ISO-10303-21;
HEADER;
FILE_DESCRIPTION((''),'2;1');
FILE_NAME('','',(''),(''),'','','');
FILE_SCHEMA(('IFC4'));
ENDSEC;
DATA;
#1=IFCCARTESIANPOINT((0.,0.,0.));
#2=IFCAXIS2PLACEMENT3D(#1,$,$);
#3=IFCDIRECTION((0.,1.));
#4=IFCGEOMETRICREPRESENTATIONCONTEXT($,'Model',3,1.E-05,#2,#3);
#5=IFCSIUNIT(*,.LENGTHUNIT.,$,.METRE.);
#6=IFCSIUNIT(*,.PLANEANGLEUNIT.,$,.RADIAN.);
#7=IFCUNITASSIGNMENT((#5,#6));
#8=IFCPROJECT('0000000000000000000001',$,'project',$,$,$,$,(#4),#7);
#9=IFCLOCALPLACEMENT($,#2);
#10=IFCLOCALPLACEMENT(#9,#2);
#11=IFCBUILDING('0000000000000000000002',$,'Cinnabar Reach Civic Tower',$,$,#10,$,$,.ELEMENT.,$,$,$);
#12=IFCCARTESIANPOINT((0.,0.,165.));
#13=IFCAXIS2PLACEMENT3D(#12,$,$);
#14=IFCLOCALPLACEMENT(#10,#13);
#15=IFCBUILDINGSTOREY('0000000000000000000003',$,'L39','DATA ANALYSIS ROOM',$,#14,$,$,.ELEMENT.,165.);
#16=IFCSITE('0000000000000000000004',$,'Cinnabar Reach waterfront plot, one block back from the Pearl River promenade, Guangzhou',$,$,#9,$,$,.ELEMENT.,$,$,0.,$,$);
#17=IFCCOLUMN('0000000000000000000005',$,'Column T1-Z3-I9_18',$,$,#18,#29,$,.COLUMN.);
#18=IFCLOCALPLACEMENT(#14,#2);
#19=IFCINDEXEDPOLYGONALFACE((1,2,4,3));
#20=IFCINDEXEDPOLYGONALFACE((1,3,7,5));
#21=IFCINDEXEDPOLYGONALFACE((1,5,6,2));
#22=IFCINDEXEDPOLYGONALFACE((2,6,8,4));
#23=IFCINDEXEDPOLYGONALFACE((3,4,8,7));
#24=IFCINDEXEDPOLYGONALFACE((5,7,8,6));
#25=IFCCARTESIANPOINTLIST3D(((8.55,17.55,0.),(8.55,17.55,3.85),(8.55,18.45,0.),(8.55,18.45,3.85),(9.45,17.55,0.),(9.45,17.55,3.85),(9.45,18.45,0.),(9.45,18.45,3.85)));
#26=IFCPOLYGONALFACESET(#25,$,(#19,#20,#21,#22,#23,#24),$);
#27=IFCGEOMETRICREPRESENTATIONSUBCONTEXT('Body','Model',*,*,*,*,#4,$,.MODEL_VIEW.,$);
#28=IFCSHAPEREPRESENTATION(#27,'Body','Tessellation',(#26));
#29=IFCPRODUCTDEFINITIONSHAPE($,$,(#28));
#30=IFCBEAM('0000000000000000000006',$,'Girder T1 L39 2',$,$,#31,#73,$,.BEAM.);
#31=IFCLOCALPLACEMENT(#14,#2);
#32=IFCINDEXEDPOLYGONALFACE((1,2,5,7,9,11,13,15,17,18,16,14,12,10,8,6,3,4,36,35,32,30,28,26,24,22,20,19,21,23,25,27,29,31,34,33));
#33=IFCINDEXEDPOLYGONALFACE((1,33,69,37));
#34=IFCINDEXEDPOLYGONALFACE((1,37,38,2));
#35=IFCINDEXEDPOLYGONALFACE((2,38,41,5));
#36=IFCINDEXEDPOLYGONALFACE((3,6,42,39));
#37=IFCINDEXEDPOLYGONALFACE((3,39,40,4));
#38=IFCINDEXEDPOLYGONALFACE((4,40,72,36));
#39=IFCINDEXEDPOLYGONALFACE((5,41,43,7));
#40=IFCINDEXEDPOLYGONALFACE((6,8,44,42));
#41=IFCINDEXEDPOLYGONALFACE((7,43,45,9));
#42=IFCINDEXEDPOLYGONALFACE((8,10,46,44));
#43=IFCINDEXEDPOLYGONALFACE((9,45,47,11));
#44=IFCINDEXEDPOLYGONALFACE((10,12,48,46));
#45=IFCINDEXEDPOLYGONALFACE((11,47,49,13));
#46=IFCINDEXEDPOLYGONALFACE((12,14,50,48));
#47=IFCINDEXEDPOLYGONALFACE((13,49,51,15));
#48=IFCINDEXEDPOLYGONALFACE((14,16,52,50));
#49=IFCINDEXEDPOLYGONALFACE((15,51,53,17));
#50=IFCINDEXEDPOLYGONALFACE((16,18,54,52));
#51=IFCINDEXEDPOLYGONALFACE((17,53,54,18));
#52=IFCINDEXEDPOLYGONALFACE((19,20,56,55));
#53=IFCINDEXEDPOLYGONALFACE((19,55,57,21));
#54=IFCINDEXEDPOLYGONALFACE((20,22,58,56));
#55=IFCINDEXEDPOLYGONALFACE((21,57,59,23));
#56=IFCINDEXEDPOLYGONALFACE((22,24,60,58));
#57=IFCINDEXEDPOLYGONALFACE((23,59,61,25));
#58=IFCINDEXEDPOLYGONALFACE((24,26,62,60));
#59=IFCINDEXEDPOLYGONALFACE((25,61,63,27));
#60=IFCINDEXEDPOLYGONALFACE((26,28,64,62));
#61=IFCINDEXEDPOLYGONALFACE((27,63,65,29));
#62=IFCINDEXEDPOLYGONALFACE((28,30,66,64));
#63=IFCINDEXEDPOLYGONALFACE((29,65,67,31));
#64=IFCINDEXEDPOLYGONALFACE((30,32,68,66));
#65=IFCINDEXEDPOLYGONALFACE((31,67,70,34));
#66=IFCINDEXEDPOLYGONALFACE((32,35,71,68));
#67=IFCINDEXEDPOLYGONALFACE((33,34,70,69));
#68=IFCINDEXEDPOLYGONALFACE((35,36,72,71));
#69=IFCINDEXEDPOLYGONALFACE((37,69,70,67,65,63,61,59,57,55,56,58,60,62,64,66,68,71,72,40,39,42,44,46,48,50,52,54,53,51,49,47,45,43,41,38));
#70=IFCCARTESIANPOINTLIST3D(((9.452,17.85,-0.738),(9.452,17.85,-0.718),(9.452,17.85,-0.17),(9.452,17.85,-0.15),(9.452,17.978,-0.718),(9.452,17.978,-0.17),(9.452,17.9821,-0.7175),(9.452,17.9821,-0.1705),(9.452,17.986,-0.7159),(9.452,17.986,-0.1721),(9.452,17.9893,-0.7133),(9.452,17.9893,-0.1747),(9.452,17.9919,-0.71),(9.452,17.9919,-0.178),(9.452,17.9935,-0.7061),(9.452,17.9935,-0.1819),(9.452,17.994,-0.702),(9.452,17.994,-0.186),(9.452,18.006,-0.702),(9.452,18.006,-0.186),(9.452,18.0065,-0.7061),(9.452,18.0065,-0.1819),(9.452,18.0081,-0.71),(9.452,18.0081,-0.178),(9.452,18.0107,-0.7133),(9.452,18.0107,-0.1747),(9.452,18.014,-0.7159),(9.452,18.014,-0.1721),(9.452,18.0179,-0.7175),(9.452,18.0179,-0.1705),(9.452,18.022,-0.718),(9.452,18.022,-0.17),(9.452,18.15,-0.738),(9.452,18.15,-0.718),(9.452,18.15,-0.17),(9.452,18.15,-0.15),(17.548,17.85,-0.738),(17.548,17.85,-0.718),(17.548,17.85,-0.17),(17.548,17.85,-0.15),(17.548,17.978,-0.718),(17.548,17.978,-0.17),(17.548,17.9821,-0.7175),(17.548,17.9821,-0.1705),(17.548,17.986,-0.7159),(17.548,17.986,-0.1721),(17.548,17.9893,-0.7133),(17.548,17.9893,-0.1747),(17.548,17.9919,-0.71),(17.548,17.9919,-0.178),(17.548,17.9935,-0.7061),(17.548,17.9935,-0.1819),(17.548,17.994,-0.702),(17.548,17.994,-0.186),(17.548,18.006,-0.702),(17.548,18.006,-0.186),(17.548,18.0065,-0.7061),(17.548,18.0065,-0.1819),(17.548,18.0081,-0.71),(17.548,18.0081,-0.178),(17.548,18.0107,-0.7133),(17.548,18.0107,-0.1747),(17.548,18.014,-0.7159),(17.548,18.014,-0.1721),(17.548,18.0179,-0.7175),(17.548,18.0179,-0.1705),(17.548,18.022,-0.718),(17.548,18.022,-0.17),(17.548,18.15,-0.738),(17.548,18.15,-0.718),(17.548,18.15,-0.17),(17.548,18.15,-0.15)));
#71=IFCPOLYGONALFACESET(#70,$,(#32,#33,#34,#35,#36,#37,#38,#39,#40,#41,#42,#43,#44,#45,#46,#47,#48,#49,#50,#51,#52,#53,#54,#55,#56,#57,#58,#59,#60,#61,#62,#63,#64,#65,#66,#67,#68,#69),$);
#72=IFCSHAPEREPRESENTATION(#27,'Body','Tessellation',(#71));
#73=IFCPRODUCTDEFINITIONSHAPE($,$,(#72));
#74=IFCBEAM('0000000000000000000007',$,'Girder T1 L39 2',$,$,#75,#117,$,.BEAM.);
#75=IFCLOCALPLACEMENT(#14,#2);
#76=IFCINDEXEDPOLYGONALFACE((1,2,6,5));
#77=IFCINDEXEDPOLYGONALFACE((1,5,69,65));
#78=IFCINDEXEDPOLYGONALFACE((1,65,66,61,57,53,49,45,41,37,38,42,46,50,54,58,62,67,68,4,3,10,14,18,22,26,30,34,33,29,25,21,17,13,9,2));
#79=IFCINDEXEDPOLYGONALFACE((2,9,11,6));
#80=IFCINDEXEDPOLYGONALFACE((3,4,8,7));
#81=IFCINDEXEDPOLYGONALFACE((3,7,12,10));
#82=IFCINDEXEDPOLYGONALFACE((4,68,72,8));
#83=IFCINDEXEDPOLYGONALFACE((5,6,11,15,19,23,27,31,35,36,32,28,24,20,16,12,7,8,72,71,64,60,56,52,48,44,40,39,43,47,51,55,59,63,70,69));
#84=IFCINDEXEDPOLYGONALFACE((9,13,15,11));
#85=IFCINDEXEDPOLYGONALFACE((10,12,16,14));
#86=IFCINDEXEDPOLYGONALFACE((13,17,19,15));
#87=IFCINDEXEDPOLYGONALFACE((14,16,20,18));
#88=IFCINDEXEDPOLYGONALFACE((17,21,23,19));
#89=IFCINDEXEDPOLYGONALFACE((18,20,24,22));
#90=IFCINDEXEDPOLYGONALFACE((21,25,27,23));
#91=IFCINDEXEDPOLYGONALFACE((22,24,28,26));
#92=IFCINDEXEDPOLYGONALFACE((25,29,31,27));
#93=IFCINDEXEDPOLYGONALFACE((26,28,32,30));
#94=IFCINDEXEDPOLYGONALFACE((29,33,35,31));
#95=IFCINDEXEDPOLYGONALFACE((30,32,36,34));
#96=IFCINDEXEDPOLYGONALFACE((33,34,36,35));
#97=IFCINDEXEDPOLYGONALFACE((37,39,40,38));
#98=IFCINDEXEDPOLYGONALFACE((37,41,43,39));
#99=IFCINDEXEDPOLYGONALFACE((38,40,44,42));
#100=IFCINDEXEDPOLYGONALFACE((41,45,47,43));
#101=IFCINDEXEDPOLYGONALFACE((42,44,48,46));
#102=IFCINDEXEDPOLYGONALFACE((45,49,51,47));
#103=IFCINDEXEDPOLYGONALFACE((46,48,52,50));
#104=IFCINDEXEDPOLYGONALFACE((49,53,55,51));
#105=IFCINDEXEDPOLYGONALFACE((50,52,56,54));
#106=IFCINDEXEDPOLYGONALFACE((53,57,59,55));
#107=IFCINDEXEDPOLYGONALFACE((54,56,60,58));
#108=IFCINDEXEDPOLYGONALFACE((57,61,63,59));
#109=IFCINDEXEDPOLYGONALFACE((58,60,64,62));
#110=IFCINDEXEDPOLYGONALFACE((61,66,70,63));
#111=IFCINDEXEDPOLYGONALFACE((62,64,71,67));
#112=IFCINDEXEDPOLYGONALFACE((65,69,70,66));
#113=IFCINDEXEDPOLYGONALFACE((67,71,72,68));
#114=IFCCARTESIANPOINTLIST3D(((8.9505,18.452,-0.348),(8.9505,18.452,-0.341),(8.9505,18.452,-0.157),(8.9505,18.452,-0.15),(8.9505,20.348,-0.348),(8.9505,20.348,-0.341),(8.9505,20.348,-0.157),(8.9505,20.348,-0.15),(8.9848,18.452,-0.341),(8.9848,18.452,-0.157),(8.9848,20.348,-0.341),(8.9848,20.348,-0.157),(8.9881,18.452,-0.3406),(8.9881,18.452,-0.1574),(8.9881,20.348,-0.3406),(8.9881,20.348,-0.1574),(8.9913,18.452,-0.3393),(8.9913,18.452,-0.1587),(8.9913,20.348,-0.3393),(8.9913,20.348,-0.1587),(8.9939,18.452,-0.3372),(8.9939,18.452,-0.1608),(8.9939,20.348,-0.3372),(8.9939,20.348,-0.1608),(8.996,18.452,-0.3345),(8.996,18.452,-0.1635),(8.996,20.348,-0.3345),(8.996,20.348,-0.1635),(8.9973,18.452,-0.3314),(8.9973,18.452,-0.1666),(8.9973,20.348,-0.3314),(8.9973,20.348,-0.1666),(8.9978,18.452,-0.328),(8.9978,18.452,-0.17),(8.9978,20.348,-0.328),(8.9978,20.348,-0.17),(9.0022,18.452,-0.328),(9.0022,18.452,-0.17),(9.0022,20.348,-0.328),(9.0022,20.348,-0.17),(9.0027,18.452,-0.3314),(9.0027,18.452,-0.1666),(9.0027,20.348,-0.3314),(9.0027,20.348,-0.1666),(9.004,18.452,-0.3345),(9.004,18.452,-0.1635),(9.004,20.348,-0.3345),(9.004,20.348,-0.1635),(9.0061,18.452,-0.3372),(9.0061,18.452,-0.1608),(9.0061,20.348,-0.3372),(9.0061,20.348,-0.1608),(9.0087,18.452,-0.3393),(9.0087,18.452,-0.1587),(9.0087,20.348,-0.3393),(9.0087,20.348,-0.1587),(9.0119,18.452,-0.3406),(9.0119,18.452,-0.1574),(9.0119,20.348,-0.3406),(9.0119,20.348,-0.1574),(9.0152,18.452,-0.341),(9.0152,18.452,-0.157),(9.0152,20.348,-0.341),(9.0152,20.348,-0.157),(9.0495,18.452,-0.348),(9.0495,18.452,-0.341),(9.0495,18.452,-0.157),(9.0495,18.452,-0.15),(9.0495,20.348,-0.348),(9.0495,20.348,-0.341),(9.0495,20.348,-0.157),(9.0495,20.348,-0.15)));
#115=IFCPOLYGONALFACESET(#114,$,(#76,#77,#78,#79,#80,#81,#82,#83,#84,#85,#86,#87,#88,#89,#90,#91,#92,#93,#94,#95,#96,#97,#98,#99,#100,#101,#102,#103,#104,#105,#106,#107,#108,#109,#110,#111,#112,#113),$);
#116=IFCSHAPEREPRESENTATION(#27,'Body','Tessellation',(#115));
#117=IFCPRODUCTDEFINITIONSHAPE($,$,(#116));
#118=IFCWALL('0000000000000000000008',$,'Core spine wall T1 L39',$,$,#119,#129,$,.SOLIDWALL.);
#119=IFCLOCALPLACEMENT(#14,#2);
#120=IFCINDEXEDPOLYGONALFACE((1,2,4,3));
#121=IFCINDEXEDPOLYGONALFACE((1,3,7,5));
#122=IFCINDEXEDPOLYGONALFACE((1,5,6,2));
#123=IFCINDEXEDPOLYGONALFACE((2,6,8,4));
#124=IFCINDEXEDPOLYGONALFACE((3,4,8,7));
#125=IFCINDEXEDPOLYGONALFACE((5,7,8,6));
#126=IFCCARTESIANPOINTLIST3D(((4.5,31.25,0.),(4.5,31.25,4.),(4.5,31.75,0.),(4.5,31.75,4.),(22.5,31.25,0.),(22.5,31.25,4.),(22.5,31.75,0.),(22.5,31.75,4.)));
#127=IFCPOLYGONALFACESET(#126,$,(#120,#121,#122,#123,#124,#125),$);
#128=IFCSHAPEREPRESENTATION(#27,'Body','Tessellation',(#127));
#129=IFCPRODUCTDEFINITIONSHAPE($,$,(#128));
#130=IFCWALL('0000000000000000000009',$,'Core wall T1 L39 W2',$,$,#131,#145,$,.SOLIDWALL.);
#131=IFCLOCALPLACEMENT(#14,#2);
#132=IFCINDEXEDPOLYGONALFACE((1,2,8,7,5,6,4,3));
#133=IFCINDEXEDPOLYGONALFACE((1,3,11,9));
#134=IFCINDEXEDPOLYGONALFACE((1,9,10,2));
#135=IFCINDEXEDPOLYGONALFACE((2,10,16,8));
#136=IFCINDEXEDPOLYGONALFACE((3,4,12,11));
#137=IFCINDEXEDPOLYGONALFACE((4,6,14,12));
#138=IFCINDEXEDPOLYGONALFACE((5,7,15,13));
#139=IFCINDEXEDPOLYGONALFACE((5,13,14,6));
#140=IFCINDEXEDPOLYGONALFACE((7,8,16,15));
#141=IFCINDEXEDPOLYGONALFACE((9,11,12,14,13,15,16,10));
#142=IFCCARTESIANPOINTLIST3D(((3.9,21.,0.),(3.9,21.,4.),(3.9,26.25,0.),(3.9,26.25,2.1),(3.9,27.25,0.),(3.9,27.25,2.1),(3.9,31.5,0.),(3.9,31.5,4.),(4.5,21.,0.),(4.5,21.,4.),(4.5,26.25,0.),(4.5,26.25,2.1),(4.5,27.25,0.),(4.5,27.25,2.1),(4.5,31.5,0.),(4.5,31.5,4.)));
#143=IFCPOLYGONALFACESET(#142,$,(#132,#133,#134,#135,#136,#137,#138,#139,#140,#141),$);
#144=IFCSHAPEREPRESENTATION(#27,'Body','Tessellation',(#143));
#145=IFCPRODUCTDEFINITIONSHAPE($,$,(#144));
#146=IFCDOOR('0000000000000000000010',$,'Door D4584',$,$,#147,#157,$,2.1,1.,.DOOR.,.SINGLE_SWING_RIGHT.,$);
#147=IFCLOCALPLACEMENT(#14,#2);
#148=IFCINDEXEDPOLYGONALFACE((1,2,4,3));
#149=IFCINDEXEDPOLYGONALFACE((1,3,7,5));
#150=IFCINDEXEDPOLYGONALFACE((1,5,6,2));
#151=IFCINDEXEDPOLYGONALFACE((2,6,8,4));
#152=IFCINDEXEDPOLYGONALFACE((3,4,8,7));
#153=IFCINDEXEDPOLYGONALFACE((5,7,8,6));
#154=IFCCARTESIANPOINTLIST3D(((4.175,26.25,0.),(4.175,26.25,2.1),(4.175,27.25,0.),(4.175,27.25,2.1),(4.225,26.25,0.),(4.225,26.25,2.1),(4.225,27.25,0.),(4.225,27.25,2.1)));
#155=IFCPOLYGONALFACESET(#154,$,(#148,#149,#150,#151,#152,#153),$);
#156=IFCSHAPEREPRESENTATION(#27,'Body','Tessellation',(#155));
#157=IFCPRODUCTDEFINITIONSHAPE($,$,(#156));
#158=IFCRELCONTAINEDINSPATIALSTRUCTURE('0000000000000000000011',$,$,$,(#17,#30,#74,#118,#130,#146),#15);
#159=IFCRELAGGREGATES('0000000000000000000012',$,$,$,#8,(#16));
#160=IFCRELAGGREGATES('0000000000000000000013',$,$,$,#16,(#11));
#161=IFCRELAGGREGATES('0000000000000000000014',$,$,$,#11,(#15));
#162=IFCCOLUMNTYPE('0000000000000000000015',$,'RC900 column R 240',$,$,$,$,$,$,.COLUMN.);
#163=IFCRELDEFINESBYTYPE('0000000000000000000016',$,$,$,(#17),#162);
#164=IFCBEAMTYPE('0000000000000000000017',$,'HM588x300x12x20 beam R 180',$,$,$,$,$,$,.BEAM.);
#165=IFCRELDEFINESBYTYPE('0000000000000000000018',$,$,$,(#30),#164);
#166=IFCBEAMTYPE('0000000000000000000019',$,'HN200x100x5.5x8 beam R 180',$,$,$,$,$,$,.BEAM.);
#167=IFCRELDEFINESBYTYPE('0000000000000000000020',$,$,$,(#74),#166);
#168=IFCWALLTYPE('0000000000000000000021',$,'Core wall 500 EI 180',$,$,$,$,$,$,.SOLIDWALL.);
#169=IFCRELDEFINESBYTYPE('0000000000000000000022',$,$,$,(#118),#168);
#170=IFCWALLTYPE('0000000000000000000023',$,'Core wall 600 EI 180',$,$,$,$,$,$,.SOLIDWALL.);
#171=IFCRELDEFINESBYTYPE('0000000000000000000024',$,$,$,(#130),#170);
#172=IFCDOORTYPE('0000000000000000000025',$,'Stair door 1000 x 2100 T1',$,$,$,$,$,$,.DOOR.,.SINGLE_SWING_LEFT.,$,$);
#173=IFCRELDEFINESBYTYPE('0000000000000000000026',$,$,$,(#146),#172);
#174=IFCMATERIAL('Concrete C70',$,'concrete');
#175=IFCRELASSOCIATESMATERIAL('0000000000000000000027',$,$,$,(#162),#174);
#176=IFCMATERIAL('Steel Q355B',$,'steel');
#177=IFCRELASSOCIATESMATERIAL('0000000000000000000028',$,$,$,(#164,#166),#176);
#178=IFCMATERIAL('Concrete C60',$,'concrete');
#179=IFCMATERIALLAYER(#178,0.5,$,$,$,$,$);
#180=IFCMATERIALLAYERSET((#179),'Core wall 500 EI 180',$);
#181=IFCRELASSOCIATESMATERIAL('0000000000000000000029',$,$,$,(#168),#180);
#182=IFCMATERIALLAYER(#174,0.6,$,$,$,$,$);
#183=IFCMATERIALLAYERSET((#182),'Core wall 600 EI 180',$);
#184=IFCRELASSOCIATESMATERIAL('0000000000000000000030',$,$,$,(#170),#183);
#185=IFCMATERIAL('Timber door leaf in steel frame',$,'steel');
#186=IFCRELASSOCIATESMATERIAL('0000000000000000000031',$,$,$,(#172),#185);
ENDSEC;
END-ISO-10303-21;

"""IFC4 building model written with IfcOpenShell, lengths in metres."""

from ifc_helpers import new_model, si_unit, direction, frame, frame_2d, origin, origin_2d, place, context, subcontext, project, spatial, rectangle, i_section, extrude, material, layer, layer_set, material_profile, profile_set, type_object, element, fill, save


model = new_model("IFC4")

# Units and contexts
model_context = context("Model", 3, precision=1e-05, world=origin(), true_north=direction((0.0, 1.0)))
body_context = subcontext(model_context, "Body", "Model", "MODEL_VIEW")
ifc_project = project(units=[si_unit("LENGTHUNIT", "METRE"), si_unit("PLANEANGLEUNIT", "RADIAN")], contexts=[model_context])

# Site, building, storey
site_placement = place(None, origin())
site = spatial("IfcSite", under=ifc_project, at=site_placement, Name="Cinnabar Reach waterfront plot, one block back from the Pearl River promenade, Guangzhou", CompositionType="ELEMENT", RefElevation=0.0)
building_placement = place(site_placement, origin())
building = spatial("IfcBuilding", under=site, at=building_placement, Name="Cinnabar Reach Civic Tower", CompositionType="ELEMENT")
storey_placement = place(building_placement, frame((0.0, 0.0, 165.0)))
storey = spatial("IfcBuildingStorey", under=building, at=storey_placement, Name="L39", Description="DATA ANALYSIS ROOM", CompositionType="ELEMENT", Elevation=165.0)

# Column
ifc_material_1 = material(Name="Concrete C70", Category="concrete")
ifc_material_profile_1 = material_profile(ifc_material_1, rectangle(XDim=0.9, YDim=0.9, at=origin_2d()), Name="RC900")
ifc_profile_set_1 = profile_set([ifc_material_profile_1], Name="Concrete C70")
column_type = type_object("IfcColumnType", Name="RC900 column R 240", PredefinedType="COLUMN", material=ifc_profile_set_1)
column_placement = place(storey_placement, frame((9.0, 18.0, 0.0), z_axis=(0.0, 0.0, 1.0), x_axis=(1.0, 0.0, 0.0)))
element("IfcColumn", 1, at=column_placement, inside=storey, type_object=column_type, Name="Column T1-Z3-I9_18", PredefinedType="COLUMN", context=body_context, shape_type="SweptSolid", body=[
    extrude(rectangle(XDim=0.9, YDim=0.9, at=origin_2d()), origin(), (0.0, 0.0, 1.0), 3.85),
])

# Beams
ifc_material_2 = material(Name="Steel Q355B", Category="steel")
ifc_material_profile_2 = material_profile(ifc_material_2, i_section(OverallWidth=0.3, OverallDepth=0.588, WebThickness=0.012, FlangeThickness=0.02, FilletRadius=0.016, at=origin_2d()), Name="HM588x300x12x20")
ifc_profile_set_2 = profile_set([ifc_material_profile_2], Name="Steel Q355B")
beam_type_1 = type_object("IfcBeamType", Name="HM588x300x12x20 beam R 180", PredefinedType="BEAM", material=ifc_profile_set_2)
beam_1_placement = place(storey_placement, frame((9.452, 18.0, -0.444), z_axis=(1.0, 0.0, 0.0), x_axis=(0.0, 1.0, 0.0)))
element("IfcBeam", 2, at=beam_1_placement, inside=storey, type_object=beam_type_1, Name="Girder T1 L39 2", PredefinedType="BEAM", context=body_context, shape_type="SweptSolid", body=[
    extrude(i_section(OverallWidth=0.3, OverallDepth=0.588, WebThickness=0.012, FlangeThickness=0.02, FilletRadius=0.016, at=origin_2d()), origin(), (0.0, 0.0, 1.0), 8.096),
])
ifc_material_profile_3 = material_profile(ifc_material_2, i_section(OverallWidth=0.099, OverallDepth=0.198, WebThickness=0.0045, FlangeThickness=0.007, FilletRadius=0.013, at=origin_2d()), Name="HN200x100x5.5x8")
ifc_profile_set_3 = profile_set([ifc_material_profile_3], Name="Steel Q355B")
beam_type_2 = type_object("IfcBeamType", Name="HN200x100x5.5x8 beam R 180", PredefinedType="BEAM", material=ifc_profile_set_3)
beam_2_placement = place(storey_placement, frame((9.0, 18.452, -0.249), z_axis=(0.0, 1.0, 0.0), x_axis=(-1.0, 0.0, 0.0)))
element("IfcBeam", 3, at=beam_2_placement, inside=storey, type_object=beam_type_2, Name="Girder T1 L39 2", PredefinedType="BEAM", context=body_context, shape_type="SweptSolid", body=[
    extrude(i_section(OverallWidth=0.099, OverallDepth=0.198, WebThickness=0.0045, FlangeThickness=0.007, FilletRadius=0.013, at=origin_2d()), origin(), (0.0, 0.0, 1.0), 1.896),
])

# Wall
ifc_material_3 = material(Name="Concrete C60", Category="concrete")
ifc_layer_1 = layer(ifc_material_3, 0.5)
ifc_layer_set_1 = layer_set([ifc_layer_1], Name="Core wall 500 EI 180")
wall_type_1 = type_object("IfcWallType", Name="Core wall 500 EI 180", PredefinedType="SOLIDWALL", material=ifc_layer_set_1)
wall_1_placement = place(storey_placement, frame((4.5, 31.5, 0.0), z_axis=(0.0, 0.0, 1.0), x_axis=(1.0, 0.0, 0.0)))
element("IfcWall", 4, at=wall_1_placement, inside=storey, type_object=wall_type_1, Name="Core spine wall T1 L39", PredefinedType="SOLIDWALL", context=body_context, shape_type="SweptSolid", body=[
    extrude(rectangle(XDim=18.0, YDim=0.5, at=frame_2d((9.0, 0.0))), origin(), (0.0, 0.0, 1.0), 4.0),
])

# Wall, opening, door
ifc_layer_2 = layer(ifc_material_1, 0.6)
ifc_layer_set_2 = layer_set([ifc_layer_2], Name="Core wall 600 EI 180")
wall_type_2 = type_object("IfcWallType", Name="Core wall 600 EI 180", PredefinedType="SOLIDWALL", material=ifc_layer_set_2)
wall_2_placement = place(storey_placement, frame((4.2, 31.5, 0.0), z_axis=(0.0, 0.0, 1.0), x_axis=(0.0, -1.0, 0.0)))
wall_2 = element("IfcWall", 5, at=wall_2_placement, inside=storey, type_object=wall_type_2, Name="Core wall T1 L39 W2", PredefinedType="SOLIDWALL", context=body_context, shape_type="SweptSolid", body=[
    extrude(rectangle(XDim=10.5, YDim=0.6, at=frame_2d((5.25, 0.0))), origin(), (0.0, 0.0, 1.0), 4.0),
])
opening_1_placement = place(wall_2_placement, frame((4.25, 0.0, 0.0)))
opening_1 = element("IfcOpeningElement", 6, at=opening_1_placement, cuts=wall_2, PredefinedType="OPENING", context=body_context, shape_type="SweptSolid", body=[
    extrude(rectangle(XDim=1.0, YDim=2.1, at=frame_2d((0.5, 1.05))), frame((0.0, 0.31, 0.0), z_axis=(0.0, -1.0, 0.0), x_axis=(1.0, 0.0, 0.0)), (0.0, 0.0, 1.0), 0.62),
])
ifc_material_4 = material(Name="Timber door leaf in steel frame", Category="steel")
door_type_1 = type_object("IfcDoorType", Name="Stair door 1000 x 2100 T1", OperationType="SINGLE_SWING_LEFT", PredefinedType="DOOR", material=ifc_material_4)
door_1_placement = place(opening_1_placement, frame((1.0, 0.0, 0.0), z_axis=(0.0, 0.0, 1.0), x_axis=(-1.0, 0.0, 0.0)))
door_1 = element("IfcDoor", 7, at=door_1_placement, inside=storey, type_object=door_type_1, Name="Door D4584", OperationType="SINGLE_SWING_RIGHT", OverallHeight=2.1, OverallWidth=1.0, PredefinedType="DOOR", context=body_context, shape_type="SweptSolid", body=[
    extrude(rectangle(XDim=1.0, YDim=2.1, at=frame_2d((0.5, 1.05))), frame((0.0, 0.025, 0.0), z_axis=(0.0, -1.0, 0.0), x_axis=(1.0, 0.0, 0.0)), (0.0, 0.0, 1.0), 0.05),
])
fill(opening_1, door_1)

save(model, "model.ifc")
